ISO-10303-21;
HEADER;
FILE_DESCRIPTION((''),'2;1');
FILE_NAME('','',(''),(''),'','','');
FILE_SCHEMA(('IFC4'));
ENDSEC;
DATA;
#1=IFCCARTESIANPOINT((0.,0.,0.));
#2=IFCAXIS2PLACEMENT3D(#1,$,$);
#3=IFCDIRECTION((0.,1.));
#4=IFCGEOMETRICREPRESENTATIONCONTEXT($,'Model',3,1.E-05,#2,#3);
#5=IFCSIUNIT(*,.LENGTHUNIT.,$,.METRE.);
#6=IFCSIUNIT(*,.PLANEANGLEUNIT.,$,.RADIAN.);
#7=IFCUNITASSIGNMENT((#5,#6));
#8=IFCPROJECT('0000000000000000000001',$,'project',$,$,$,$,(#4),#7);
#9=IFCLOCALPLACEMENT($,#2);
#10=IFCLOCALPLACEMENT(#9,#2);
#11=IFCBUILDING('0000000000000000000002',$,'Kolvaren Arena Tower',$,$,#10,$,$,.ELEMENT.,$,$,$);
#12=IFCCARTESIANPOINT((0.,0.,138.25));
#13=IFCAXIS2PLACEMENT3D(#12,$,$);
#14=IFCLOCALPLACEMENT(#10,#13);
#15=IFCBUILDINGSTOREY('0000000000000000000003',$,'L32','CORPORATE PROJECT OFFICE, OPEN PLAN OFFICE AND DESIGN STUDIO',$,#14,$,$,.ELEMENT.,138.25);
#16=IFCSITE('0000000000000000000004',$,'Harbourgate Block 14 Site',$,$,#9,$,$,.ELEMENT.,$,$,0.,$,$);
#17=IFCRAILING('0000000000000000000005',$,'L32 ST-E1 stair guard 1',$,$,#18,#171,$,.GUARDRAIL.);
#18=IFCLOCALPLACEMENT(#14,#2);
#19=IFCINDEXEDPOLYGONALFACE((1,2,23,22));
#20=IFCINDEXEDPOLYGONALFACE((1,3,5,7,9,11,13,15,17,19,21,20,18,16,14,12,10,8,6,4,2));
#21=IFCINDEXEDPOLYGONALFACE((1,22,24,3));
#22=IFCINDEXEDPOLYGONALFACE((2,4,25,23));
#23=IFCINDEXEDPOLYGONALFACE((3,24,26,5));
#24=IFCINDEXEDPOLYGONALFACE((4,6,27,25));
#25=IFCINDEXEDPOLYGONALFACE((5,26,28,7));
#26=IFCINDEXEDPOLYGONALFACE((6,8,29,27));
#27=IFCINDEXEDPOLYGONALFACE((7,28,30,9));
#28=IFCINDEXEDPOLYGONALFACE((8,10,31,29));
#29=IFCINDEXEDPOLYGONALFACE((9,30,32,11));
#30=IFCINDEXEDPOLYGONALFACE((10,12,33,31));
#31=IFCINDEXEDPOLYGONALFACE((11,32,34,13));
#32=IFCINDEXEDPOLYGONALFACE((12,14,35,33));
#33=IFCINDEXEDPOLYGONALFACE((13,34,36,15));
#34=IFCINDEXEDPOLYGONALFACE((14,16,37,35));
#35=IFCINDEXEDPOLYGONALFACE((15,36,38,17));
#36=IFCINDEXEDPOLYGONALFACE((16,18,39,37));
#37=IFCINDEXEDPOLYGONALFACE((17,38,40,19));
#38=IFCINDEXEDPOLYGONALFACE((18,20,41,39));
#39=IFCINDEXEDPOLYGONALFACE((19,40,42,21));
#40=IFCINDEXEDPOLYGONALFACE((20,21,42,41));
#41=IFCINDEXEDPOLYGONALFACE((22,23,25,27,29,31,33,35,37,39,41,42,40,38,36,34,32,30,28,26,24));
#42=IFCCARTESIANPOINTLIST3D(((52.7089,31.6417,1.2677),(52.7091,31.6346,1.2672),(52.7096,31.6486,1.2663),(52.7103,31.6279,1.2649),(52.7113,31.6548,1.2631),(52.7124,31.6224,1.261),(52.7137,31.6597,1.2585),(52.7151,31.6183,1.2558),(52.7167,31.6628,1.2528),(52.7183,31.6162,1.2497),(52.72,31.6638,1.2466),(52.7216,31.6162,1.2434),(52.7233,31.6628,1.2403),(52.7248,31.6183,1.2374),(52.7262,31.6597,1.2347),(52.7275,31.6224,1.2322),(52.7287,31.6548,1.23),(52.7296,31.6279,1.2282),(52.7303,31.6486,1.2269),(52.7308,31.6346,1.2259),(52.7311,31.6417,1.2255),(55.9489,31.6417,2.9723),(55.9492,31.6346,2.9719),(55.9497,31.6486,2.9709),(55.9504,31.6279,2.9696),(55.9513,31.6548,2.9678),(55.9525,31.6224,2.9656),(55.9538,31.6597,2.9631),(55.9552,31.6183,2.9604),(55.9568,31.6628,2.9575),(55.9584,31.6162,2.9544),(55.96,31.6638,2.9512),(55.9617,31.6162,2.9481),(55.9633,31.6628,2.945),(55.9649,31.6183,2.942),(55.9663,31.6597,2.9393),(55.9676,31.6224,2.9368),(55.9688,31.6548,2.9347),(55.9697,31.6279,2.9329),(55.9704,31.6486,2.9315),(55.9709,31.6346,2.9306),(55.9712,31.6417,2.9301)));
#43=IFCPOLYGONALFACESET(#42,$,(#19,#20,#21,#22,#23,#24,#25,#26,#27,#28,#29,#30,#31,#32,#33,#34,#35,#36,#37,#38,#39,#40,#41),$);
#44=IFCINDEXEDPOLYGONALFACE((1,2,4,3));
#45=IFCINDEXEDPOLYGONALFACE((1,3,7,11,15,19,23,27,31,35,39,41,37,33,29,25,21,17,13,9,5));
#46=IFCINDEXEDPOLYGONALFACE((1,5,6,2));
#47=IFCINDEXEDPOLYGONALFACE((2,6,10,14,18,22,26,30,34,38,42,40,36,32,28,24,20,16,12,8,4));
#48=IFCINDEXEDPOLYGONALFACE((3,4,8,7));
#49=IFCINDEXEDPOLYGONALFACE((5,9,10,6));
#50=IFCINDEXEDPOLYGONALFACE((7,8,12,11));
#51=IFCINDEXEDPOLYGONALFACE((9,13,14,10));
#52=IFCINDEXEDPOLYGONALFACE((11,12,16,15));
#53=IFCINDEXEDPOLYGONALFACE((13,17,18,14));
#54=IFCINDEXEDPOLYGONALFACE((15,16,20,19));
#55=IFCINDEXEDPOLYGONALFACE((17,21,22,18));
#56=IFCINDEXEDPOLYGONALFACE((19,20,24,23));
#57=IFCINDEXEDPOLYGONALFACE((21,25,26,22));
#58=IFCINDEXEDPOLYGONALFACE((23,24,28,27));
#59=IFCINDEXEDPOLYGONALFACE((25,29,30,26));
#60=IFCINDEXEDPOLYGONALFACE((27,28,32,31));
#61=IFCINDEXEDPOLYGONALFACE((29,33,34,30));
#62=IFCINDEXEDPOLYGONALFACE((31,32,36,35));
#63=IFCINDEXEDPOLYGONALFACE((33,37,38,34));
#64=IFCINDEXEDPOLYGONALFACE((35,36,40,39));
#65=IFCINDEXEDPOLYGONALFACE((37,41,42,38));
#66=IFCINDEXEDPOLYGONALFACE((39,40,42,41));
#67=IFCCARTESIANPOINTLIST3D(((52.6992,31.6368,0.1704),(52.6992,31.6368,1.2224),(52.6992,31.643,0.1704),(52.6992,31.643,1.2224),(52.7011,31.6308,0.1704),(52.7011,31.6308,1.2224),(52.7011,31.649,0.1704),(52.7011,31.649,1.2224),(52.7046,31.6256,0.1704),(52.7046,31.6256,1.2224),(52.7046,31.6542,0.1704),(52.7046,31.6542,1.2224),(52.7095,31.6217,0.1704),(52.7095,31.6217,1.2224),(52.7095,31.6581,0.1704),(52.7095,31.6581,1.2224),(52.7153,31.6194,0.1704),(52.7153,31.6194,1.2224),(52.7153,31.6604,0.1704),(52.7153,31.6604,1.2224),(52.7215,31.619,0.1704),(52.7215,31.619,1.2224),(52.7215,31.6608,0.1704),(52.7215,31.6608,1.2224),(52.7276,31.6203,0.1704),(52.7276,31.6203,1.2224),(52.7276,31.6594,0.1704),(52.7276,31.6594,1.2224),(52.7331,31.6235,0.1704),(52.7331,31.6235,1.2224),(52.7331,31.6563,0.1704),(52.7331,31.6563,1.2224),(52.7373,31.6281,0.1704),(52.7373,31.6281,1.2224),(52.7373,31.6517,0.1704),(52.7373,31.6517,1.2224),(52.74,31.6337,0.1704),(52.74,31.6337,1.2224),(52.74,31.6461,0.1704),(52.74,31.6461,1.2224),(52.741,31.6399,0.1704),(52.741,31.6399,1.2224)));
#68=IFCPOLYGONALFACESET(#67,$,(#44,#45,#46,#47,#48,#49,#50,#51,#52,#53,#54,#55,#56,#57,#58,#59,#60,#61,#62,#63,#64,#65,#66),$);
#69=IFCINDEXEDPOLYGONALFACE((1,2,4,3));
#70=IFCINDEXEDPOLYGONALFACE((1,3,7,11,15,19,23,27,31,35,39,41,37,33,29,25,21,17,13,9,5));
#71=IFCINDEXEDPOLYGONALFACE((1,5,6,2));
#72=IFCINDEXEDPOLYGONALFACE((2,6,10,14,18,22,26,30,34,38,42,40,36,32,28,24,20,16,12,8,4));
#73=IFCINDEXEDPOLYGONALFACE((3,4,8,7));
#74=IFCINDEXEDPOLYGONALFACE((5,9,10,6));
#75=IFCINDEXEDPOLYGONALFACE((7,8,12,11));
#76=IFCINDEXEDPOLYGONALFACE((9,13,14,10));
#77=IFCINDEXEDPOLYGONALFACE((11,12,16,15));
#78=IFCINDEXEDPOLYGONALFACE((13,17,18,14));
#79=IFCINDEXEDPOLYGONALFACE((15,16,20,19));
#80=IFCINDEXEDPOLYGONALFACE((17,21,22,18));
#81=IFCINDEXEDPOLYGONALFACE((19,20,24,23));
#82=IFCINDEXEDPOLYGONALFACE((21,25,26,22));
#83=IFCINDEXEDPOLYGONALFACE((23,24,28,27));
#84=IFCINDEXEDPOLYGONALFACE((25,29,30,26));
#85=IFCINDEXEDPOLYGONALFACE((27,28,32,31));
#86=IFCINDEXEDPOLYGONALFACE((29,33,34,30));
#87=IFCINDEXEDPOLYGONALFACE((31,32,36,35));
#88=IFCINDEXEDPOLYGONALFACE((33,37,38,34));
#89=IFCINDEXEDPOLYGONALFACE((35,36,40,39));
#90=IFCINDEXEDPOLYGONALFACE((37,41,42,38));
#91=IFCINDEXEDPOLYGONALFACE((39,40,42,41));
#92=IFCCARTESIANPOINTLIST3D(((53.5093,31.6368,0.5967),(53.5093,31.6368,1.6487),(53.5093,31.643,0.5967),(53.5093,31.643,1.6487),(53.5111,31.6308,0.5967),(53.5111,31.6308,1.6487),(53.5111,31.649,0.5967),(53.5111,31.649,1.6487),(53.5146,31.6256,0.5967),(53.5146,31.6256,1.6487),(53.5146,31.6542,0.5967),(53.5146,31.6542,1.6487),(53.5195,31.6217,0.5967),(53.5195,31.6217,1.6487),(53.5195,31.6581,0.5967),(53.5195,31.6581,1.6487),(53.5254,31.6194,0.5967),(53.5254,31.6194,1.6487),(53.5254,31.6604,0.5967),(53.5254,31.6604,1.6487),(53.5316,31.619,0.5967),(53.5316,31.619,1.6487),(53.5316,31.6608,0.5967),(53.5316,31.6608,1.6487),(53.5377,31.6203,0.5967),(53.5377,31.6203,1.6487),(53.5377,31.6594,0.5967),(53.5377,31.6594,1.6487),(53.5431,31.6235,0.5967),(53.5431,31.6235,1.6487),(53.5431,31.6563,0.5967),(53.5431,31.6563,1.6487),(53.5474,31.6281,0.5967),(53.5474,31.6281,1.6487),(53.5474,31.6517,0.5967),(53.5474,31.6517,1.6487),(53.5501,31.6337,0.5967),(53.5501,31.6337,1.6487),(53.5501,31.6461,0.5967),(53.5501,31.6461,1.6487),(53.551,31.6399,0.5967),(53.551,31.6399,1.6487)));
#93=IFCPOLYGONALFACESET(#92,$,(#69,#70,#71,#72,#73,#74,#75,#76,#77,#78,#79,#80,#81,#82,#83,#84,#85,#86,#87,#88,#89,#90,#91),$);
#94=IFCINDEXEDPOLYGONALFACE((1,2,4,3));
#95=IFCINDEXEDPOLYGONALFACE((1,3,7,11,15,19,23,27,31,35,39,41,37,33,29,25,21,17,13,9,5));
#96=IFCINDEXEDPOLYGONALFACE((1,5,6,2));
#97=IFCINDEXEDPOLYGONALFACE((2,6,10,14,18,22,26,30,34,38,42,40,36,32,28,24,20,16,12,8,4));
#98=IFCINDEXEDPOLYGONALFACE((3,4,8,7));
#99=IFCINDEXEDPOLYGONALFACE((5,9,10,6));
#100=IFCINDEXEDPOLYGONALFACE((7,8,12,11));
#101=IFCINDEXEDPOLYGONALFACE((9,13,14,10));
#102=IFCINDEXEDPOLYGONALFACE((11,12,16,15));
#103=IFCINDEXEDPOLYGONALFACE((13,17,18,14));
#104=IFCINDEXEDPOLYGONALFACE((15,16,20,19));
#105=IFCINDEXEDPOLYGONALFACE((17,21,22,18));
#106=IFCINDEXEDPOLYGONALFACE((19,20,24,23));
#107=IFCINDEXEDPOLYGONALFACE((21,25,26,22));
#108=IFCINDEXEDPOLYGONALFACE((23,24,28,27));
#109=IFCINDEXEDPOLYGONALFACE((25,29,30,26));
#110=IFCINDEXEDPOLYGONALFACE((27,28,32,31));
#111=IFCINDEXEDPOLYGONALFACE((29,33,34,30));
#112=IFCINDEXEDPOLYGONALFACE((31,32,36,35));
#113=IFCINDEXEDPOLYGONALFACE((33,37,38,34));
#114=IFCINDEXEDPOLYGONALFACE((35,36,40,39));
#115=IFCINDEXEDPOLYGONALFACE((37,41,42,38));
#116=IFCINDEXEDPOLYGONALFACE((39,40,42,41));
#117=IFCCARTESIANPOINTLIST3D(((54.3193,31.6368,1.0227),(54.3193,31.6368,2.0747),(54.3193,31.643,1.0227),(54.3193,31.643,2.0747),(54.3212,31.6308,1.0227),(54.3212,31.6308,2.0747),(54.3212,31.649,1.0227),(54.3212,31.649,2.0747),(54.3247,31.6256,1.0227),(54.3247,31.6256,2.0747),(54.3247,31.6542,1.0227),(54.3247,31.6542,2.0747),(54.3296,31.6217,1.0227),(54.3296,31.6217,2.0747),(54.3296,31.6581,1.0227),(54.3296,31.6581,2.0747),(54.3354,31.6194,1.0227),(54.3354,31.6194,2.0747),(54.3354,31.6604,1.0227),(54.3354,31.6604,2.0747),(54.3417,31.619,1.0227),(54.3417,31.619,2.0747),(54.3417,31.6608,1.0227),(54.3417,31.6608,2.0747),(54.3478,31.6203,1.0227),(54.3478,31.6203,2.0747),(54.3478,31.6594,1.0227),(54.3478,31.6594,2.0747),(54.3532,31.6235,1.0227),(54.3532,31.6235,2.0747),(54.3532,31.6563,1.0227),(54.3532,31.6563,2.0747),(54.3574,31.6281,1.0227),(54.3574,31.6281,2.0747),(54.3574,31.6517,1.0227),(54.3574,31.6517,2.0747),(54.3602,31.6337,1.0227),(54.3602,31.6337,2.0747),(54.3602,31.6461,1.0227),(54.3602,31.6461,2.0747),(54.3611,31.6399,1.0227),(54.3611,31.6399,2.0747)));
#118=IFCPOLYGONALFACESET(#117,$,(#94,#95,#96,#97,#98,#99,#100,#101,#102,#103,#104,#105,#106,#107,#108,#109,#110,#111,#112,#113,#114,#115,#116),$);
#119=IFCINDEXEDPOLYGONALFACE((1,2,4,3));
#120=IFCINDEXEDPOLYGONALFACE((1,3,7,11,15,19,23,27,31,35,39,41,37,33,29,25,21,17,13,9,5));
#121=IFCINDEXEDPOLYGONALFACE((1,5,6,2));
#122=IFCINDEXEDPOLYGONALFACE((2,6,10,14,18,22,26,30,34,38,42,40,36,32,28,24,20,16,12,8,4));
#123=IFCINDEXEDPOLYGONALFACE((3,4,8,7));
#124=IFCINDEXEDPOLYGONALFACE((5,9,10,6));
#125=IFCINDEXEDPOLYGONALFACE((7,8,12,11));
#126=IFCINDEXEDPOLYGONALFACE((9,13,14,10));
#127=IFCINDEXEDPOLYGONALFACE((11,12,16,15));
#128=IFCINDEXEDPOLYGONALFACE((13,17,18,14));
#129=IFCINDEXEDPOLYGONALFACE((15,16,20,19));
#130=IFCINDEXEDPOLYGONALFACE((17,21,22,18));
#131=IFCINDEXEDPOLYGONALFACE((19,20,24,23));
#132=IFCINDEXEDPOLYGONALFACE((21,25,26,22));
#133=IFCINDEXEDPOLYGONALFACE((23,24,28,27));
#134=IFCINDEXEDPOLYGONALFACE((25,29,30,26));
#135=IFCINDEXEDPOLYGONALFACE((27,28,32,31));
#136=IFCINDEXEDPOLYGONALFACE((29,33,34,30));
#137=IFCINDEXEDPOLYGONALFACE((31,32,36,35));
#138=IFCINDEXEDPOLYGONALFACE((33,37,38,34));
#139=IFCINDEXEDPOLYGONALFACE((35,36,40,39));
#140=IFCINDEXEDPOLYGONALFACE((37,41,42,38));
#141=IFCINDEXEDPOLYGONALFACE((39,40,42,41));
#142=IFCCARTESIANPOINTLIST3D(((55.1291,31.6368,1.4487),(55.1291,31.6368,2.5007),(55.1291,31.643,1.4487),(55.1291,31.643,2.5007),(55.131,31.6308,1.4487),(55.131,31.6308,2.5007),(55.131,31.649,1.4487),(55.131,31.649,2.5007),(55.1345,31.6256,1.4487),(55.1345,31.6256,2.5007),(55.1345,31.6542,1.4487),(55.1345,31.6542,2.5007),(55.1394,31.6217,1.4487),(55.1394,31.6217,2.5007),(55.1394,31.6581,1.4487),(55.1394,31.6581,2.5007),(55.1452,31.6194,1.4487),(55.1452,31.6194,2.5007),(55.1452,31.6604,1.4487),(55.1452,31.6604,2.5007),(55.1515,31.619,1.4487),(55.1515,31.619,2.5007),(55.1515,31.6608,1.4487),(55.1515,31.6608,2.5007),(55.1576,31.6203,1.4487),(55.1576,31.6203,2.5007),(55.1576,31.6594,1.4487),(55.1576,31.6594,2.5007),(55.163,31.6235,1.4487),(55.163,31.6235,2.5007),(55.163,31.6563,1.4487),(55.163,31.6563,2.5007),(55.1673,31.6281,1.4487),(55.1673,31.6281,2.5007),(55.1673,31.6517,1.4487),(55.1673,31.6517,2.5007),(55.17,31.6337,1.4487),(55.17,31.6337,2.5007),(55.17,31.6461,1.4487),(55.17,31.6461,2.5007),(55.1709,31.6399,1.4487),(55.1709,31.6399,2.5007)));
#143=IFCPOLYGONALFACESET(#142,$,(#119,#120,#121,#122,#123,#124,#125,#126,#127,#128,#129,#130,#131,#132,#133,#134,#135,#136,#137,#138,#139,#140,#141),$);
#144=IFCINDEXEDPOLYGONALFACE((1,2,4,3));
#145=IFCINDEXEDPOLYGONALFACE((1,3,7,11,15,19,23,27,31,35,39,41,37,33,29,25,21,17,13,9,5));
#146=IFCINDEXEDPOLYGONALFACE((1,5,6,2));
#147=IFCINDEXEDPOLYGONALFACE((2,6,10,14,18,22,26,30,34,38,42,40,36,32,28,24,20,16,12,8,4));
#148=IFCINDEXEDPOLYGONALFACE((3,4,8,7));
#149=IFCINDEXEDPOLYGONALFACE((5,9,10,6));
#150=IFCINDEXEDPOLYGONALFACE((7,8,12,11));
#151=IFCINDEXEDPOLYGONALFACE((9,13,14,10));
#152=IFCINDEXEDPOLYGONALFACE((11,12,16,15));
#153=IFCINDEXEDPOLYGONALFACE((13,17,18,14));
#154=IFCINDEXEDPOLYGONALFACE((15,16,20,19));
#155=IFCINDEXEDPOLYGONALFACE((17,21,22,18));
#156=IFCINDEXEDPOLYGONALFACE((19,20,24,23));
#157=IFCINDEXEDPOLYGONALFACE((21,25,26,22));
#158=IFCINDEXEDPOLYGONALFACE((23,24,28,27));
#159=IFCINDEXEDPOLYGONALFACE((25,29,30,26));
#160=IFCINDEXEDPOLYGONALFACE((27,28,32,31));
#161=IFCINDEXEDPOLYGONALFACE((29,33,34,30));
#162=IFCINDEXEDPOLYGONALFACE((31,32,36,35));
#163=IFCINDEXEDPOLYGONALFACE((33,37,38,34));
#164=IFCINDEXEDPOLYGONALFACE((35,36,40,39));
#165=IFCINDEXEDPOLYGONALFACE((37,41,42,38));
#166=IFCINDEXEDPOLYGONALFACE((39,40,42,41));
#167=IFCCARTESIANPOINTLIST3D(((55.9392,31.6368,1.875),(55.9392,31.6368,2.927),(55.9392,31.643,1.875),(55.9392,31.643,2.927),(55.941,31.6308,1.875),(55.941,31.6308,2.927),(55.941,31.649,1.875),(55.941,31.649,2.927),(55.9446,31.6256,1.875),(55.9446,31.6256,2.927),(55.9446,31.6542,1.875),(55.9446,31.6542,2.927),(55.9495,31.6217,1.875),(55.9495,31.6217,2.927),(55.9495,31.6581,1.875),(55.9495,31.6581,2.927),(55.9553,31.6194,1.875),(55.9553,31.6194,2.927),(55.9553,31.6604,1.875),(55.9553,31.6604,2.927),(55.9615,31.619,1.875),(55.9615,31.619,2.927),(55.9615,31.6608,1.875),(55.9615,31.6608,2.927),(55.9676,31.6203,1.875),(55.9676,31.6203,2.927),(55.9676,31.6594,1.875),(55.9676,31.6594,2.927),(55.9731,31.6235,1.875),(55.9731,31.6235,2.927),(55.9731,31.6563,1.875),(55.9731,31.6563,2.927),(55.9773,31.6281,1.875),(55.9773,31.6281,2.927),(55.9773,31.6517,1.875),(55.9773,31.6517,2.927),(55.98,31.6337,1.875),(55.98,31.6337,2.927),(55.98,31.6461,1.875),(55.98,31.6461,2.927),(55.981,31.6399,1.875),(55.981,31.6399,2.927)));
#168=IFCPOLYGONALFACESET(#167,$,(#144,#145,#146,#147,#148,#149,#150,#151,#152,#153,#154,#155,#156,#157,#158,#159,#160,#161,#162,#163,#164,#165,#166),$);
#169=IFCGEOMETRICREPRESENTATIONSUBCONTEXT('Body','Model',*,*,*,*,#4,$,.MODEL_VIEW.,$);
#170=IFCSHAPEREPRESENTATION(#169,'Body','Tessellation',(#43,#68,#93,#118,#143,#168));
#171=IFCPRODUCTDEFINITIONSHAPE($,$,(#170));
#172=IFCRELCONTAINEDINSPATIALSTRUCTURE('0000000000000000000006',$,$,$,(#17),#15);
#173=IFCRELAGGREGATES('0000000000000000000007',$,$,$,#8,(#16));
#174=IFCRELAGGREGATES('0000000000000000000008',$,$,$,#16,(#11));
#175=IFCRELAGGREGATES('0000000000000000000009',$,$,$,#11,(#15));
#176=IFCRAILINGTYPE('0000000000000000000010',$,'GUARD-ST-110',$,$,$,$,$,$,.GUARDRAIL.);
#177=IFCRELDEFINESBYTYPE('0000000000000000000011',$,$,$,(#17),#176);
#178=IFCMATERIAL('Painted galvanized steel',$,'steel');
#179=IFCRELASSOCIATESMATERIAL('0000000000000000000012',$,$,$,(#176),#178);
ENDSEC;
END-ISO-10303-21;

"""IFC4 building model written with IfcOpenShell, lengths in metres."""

from ifc_helpers import new_model, si_unit, direction, frame, origin, origin_2d, place, context, subcontext, project, spatial, circle, extrude, material, type_object, element, save


model = new_model("IFC4")

# Units and contexts
model_context = context("Model", 3, precision=1e-05, world=origin(), true_north=direction((0.0, 1.0)))
body_context = subcontext(model_context, "Body", "Model", "MODEL_VIEW")
ifc_project = project(units=[si_unit("LENGTHUNIT", "METRE"), si_unit("PLANEANGLEUNIT", "RADIAN")], contexts=[model_context])

# Site, building, storey
site_placement = place(None, origin())
site = spatial("IfcSite", under=ifc_project, at=site_placement, Name="Harbourgate Block 14 Site", CompositionType="ELEMENT", RefElevation=0.0)
building_placement = place(site_placement, origin())
building = spatial("IfcBuilding", under=site, at=building_placement, Name="Kolvaren Arena Tower", CompositionType="ELEMENT")
storey_placement = place(building_placement, frame((0.0, 0.0, 138.25)))
storey = spatial("IfcBuildingStorey", under=building, at=storey_placement, Name="L32", Description="CORPORATE PROJECT OFFICE, OPEN PLAN OFFICE AND DESIGN STUDIO", CompositionType="ELEMENT", Elevation=138.25)

# Railing
ifc_material_1 = material(Name="Painted galvanized steel", Category="steel")
railing_type_1 = type_object("IfcRailingType", Name="GUARD-ST-110", PredefinedType="GUARDRAIL", material=ifc_material_1)
railing_1_placement = place(storey_placement, frame((52.72, 31.6399, 0.1704)))
element("IfcRailing", 1, at=railing_1_placement, inside=storey, type_object=railing_type_1, Name="L32 ST-E1 stair guard 1", PredefinedType="GUARDRAIL", context=body_context, shape_type="SweptSolid", body=[
    extrude(circle(Radius=0.0239, at=origin_2d()), frame((0.0, 0.0, 1.0762), z_axis=(0.884993, 0.0, 0.465604), x_axis=(0.0, 1.0, 0.0)), (0.0, 0.0, 1.0), 3.6611),
    extrude(circle(Radius=0.021, at=origin_2d()), origin(), (0.0, 0.0, 1.0), 1.052),
    extrude(circle(Radius=0.021, at=origin_2d()), frame((0.8101, 0.0, 0.4263)), (0.0, 0.0, 1.0), 1.052),
    extrude(circle(Radius=0.021, at=origin_2d()), frame((1.6201, 0.0, 0.8523)), (0.0, 0.0, 1.0), 1.052),
    extrude(circle(Radius=0.021, at=origin_2d()), frame((2.4299, 0.0, 1.2783)), (0.0, 0.0, 1.0), 1.052),
    extrude(circle(Radius=0.021, at=origin_2d()), frame((3.24, 0.0, 1.7046)), (0.0, 0.0, 1.0), 1.052),
])

save(model, "model.ifc")
